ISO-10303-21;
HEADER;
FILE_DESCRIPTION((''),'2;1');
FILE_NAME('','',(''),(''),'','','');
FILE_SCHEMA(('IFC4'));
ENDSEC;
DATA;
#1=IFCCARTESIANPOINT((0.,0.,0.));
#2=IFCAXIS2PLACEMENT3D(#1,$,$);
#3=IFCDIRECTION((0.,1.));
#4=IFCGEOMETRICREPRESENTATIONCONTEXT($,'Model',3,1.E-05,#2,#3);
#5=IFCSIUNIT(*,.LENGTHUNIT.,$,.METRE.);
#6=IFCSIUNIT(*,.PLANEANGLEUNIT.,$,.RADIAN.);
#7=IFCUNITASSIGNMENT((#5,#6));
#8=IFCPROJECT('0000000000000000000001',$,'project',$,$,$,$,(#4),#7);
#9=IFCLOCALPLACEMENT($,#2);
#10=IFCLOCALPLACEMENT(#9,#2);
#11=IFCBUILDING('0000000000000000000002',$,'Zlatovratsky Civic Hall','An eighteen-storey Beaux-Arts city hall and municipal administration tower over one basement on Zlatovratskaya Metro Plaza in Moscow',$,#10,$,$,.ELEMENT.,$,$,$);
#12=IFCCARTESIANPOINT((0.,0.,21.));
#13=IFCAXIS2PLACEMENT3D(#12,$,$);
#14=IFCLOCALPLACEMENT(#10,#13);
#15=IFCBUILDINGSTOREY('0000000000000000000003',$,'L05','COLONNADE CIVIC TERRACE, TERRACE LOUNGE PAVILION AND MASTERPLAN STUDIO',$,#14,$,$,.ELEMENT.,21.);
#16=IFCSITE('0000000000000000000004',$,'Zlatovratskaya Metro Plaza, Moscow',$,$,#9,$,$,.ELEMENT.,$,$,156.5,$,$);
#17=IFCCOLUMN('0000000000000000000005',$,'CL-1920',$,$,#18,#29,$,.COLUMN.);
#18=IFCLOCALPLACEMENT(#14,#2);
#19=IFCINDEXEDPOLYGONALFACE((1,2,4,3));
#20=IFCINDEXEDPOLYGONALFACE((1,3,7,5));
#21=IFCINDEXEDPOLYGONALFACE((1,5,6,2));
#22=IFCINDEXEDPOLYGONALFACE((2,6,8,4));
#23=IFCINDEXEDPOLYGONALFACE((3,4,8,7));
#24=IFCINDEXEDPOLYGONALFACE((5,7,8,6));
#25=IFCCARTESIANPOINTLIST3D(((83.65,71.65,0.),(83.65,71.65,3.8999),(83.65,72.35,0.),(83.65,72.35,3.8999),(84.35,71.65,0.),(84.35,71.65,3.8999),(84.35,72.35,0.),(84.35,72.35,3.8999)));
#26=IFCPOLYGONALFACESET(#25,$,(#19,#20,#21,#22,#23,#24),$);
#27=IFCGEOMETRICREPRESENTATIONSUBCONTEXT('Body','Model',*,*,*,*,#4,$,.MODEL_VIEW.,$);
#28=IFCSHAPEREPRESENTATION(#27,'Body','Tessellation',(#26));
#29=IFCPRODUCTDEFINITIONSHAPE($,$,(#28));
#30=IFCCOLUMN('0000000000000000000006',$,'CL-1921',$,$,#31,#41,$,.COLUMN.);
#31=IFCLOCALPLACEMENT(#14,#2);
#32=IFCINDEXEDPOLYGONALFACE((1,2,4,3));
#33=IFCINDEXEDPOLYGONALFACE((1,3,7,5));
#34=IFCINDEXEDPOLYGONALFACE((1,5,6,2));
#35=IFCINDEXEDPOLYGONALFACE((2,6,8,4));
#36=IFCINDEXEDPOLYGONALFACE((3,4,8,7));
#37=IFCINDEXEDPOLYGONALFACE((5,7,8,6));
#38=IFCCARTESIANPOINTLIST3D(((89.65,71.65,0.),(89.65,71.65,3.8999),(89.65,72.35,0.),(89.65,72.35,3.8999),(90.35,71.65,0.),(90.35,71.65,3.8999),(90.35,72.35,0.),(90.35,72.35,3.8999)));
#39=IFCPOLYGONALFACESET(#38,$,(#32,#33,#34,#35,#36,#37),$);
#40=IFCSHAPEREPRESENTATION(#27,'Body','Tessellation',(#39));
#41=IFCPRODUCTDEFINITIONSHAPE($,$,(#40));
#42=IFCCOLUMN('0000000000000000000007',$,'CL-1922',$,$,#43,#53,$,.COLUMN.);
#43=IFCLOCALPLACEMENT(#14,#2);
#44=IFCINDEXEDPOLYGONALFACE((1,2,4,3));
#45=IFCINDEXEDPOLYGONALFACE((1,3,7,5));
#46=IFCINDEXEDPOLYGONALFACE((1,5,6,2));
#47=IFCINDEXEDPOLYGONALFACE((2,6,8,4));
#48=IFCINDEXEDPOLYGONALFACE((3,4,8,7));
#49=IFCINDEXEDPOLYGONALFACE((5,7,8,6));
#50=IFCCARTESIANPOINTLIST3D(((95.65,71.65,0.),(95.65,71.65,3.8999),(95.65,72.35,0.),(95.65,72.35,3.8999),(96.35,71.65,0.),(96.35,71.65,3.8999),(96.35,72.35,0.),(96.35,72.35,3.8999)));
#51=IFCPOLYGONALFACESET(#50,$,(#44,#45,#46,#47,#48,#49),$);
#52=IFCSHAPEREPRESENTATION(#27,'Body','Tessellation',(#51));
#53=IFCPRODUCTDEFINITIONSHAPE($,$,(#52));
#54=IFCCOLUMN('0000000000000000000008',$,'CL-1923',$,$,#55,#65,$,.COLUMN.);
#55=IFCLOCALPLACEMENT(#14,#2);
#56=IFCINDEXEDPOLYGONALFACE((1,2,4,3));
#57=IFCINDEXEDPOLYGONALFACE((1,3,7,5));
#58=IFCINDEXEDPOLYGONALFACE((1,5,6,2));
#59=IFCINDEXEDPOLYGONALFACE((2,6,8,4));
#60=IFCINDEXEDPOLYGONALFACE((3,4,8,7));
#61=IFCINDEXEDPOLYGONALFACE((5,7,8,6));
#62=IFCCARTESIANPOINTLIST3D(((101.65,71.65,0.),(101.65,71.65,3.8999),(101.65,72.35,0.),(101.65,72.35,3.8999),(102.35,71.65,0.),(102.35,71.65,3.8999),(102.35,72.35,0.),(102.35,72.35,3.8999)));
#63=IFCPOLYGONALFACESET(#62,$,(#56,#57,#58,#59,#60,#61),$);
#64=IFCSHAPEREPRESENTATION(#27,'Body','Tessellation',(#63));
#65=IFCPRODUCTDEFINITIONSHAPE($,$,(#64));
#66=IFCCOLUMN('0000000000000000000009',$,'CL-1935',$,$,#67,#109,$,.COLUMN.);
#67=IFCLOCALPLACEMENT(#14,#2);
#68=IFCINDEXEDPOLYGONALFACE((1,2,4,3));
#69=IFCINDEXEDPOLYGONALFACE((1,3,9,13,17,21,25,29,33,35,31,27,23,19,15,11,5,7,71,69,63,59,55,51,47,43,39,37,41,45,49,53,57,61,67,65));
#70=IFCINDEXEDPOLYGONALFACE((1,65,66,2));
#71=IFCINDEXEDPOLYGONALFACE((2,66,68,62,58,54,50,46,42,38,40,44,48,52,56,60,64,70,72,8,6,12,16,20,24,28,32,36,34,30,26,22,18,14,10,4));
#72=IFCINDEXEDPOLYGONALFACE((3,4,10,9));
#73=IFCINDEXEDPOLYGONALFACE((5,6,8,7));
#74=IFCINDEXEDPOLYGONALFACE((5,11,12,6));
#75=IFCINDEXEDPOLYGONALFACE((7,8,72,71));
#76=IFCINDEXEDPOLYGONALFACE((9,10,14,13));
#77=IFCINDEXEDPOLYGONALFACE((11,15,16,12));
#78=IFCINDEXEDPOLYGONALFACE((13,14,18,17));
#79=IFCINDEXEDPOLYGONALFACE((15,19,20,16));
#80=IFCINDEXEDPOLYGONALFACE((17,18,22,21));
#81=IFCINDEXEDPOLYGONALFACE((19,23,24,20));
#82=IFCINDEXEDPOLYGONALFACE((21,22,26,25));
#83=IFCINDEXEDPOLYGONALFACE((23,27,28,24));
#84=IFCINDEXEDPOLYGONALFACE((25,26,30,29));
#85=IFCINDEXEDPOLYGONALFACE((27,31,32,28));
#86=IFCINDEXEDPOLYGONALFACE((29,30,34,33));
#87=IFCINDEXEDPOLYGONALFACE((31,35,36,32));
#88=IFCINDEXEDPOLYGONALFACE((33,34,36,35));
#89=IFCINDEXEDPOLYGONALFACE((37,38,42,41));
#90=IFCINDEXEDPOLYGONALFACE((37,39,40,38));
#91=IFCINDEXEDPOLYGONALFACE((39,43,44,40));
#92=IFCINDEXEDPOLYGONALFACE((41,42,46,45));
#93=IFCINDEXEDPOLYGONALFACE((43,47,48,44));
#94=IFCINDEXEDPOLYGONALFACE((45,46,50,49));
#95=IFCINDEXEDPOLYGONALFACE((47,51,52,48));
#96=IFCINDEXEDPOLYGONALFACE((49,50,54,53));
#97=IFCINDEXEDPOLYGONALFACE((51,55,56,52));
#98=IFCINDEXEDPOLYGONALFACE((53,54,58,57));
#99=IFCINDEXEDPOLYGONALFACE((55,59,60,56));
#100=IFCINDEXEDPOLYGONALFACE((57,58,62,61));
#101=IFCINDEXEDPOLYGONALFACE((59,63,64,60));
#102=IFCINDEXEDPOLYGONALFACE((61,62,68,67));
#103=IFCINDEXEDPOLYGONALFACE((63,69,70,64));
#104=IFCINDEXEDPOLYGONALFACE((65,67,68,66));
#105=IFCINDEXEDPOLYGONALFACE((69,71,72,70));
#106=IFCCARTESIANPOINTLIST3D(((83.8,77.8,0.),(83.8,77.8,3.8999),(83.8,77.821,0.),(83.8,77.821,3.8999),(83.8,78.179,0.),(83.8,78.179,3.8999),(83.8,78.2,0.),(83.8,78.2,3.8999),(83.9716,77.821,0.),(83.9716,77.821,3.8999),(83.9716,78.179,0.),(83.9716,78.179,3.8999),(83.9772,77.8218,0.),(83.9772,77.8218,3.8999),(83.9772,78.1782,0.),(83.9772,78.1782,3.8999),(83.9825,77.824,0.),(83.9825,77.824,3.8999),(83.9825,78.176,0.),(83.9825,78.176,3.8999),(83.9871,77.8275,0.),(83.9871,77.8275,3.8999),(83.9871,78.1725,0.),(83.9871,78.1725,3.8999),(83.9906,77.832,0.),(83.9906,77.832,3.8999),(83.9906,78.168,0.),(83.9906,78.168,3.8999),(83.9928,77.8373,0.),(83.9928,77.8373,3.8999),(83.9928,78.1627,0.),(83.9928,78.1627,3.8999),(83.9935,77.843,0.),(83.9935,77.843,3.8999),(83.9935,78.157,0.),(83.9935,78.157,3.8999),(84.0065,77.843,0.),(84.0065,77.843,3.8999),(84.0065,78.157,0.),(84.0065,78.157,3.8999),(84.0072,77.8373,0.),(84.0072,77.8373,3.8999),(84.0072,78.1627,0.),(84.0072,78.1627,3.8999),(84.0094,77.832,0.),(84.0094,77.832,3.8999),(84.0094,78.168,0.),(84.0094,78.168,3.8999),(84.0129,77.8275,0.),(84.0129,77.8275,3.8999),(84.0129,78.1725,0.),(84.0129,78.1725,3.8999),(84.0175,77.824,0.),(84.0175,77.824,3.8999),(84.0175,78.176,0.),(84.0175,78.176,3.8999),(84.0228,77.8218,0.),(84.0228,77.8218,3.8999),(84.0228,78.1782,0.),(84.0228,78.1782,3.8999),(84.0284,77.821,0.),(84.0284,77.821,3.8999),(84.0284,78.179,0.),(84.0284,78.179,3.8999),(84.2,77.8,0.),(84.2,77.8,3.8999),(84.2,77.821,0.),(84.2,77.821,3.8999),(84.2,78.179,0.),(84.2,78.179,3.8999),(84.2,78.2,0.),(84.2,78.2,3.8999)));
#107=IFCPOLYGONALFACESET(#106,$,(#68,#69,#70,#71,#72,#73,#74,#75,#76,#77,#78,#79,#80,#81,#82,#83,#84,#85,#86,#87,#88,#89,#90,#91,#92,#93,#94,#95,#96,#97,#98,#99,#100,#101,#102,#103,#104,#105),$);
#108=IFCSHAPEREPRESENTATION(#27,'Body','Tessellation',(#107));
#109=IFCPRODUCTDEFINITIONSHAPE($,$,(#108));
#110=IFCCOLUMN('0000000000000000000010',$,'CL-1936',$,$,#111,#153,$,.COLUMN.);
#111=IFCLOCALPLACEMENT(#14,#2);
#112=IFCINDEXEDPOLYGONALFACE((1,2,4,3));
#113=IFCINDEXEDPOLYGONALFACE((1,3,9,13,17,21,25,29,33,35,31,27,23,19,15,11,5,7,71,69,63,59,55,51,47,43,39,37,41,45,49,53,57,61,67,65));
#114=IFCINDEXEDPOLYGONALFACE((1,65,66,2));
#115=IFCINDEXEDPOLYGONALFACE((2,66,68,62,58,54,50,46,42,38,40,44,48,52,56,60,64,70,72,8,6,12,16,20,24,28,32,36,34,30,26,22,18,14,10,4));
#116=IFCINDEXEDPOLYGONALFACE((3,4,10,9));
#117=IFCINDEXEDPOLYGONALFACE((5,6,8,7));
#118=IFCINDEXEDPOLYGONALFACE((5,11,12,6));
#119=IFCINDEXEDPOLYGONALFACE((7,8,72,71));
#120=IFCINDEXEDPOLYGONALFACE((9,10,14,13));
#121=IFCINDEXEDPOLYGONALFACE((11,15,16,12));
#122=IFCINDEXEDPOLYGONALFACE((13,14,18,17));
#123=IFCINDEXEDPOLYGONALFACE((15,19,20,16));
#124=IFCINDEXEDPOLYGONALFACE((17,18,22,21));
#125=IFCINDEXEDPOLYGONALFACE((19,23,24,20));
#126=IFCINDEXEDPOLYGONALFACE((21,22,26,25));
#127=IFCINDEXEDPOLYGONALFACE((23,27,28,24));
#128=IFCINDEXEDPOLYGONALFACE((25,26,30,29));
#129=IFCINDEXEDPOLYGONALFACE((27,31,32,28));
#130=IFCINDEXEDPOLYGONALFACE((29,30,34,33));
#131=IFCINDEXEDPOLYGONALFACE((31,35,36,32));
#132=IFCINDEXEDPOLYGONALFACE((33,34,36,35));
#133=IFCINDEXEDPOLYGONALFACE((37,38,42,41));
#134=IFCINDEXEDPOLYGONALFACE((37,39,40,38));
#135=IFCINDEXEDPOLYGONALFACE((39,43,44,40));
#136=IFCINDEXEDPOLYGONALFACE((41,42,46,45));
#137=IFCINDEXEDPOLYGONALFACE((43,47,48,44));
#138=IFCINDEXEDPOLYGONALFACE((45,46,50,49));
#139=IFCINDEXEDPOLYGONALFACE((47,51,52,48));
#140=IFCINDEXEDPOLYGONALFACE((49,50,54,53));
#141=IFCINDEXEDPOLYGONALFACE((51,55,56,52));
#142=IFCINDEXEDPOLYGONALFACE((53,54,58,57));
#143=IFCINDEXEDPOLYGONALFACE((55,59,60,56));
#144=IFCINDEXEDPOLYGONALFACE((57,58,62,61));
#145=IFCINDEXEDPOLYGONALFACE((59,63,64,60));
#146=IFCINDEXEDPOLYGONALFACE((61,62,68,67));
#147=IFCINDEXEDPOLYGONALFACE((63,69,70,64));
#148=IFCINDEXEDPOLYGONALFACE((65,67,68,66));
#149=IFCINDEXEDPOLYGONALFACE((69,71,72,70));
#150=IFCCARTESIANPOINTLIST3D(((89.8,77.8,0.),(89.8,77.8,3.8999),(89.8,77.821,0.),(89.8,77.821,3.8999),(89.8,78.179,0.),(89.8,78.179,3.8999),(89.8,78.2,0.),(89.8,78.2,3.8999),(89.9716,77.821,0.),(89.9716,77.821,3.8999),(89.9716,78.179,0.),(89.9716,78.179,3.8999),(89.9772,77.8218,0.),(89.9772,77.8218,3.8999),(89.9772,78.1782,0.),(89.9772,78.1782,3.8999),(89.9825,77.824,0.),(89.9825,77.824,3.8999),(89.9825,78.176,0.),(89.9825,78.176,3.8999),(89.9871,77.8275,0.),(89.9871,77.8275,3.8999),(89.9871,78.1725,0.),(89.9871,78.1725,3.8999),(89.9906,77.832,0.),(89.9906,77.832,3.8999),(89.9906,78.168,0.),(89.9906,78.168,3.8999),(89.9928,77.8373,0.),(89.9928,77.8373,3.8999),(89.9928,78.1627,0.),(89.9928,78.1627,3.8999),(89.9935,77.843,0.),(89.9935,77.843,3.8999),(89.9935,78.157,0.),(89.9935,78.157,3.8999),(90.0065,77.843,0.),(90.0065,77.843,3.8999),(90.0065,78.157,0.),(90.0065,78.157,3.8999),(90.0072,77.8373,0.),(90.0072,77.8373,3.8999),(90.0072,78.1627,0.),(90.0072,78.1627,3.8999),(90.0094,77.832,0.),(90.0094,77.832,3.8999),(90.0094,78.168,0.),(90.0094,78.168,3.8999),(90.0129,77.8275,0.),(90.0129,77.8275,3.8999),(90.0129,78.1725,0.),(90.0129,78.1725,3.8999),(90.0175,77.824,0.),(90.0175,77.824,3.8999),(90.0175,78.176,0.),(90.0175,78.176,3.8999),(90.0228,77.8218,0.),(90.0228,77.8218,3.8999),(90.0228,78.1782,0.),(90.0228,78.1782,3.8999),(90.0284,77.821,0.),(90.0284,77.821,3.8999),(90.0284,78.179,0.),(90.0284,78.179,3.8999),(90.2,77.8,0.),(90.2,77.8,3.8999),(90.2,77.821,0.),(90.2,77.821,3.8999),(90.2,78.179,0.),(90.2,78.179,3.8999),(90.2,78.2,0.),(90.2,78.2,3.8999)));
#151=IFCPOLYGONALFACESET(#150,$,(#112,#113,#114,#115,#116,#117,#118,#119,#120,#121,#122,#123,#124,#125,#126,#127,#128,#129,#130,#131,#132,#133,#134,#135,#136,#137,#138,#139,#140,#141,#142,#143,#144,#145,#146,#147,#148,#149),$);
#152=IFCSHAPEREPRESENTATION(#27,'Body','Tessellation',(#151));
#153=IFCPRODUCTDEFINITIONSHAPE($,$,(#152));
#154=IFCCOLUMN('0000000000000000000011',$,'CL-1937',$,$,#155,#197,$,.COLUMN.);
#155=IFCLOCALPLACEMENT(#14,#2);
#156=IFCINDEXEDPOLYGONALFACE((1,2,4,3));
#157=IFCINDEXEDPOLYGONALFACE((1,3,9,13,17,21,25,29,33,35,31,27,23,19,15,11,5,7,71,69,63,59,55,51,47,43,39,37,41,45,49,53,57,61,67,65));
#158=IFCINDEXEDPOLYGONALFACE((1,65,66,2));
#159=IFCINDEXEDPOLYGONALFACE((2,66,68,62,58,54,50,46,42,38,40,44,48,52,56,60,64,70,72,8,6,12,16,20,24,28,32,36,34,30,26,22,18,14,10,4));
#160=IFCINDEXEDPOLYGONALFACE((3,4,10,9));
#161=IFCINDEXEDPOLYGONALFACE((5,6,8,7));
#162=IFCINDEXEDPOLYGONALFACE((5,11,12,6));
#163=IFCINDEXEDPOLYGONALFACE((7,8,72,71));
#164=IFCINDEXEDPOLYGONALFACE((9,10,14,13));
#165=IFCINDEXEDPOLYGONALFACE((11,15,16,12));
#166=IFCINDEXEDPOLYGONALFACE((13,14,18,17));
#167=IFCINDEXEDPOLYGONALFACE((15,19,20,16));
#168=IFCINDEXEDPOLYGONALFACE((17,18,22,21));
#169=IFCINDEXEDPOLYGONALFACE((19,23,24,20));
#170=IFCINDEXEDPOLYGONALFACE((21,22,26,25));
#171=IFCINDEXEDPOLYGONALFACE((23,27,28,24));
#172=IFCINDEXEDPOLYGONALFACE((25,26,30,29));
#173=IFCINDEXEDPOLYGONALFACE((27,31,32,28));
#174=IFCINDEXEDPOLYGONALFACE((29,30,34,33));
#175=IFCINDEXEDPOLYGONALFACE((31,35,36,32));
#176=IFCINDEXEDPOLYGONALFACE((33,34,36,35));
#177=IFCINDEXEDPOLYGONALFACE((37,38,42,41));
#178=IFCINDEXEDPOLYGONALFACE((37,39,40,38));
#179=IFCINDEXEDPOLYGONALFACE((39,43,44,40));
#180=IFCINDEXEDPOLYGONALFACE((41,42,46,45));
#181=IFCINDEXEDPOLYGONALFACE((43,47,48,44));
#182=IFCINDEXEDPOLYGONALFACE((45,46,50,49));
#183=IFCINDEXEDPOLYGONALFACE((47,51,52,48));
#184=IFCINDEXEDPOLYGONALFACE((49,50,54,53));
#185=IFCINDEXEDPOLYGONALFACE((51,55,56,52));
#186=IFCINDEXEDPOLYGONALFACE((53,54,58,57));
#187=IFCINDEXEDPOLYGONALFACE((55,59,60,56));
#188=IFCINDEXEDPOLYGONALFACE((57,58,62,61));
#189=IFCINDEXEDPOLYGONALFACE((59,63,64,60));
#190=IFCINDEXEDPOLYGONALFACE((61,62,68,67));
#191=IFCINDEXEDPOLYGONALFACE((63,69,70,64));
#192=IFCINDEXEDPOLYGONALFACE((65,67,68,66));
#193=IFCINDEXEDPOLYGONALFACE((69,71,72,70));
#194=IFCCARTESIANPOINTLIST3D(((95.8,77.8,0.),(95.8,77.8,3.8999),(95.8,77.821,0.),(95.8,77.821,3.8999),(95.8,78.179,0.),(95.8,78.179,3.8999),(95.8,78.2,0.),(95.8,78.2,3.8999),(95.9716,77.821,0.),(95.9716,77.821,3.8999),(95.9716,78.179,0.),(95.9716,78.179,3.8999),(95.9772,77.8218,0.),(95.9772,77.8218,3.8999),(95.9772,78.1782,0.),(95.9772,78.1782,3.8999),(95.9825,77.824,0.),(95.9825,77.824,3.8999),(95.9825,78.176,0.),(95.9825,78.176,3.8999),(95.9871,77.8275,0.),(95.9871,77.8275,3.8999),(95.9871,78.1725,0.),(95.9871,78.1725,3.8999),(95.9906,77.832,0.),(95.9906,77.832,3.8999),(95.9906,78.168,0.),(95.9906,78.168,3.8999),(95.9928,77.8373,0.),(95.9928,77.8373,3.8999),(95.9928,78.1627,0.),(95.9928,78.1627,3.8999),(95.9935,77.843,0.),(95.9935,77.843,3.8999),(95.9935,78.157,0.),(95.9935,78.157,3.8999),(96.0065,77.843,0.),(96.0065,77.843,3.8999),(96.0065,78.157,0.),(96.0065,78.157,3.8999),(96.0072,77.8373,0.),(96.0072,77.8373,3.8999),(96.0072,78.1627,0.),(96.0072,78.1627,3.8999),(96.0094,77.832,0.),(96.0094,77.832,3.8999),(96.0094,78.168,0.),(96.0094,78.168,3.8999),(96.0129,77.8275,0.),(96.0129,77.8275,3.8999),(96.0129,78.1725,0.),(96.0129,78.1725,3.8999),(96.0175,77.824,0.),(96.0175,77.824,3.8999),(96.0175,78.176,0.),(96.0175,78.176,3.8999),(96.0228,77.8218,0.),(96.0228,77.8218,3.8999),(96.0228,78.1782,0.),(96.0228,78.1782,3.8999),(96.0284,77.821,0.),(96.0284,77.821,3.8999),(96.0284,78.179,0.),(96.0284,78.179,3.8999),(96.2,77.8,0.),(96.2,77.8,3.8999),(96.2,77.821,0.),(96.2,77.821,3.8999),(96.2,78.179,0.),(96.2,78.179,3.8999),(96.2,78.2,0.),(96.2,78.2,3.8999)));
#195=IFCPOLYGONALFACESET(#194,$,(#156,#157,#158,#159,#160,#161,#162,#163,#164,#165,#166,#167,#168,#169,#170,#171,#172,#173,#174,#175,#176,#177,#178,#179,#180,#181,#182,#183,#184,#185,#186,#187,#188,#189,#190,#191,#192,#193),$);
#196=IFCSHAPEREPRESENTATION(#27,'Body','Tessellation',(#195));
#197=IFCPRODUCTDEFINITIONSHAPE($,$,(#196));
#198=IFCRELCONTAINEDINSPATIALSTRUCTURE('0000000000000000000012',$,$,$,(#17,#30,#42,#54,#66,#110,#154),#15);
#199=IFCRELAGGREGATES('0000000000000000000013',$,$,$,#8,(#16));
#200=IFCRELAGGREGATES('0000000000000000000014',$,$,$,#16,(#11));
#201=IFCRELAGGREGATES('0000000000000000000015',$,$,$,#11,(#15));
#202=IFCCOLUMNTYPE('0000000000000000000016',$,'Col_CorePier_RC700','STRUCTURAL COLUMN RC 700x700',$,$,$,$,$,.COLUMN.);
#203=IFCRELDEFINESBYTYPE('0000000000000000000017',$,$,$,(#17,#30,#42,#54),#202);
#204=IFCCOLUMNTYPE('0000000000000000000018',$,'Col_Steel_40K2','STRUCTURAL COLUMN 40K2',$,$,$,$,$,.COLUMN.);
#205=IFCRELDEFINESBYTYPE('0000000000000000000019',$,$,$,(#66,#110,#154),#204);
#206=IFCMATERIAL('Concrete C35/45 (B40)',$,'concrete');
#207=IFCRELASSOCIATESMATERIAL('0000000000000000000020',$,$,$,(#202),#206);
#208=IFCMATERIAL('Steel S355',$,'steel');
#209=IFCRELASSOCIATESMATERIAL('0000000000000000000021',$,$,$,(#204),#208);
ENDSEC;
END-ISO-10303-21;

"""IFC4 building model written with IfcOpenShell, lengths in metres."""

from ifc_helpers import new_model, si_unit, direction, frame, origin, origin_2d, place, context, subcontext, project, spatial, rectangle, i_section, extrude, material, material_profile, profile_set, type_object, element, save


model = new_model("IFC4")

# Units and contexts
model_context = context("Model", 3, precision=1e-05, world=origin(), true_north=direction((0.0, 1.0)))
body_context = subcontext(model_context, "Body", "Model", "MODEL_VIEW")
ifc_project = project(units=[si_unit("LENGTHUNIT", "METRE"), si_unit("PLANEANGLEUNIT", "RADIAN")], contexts=[model_context])

# Site, building, storey
site_placement = place(None, origin())
site = spatial("IfcSite", under=ifc_project, at=site_placement, Name="Zlatovratskaya Metro Plaza, Moscow", CompositionType="ELEMENT", RefElevation=156.5)
building_placement = place(site_placement, origin())
building = spatial("IfcBuilding", under=site, at=building_placement, Name="Zlatovratsky Civic Hall", Description="An eighteen-storey Beaux-Arts city hall and municipal administration tower over one basement on Zlatovratskaya Metro Plaza in Moscow", CompositionType="ELEMENT")
storey_placement = place(building_placement, frame((0.0, 0.0, 21.0)))
storey = spatial("IfcBuildingStorey", under=building, at=storey_placement, Name="L05", Description="COLONNADE CIVIC TERRACE, TERRACE LOUNGE PAVILION AND MASTERPLAN STUDIO", CompositionType="ELEMENT", Elevation=21.0)

# Columns
ifc_material_1 = material(Name="Concrete C35/45 (B40)", Category="concrete")
ifc_material_profile_1 = material_profile(ifc_material_1, rectangle(XDim=0.7, YDim=0.7, at=origin_2d()), Name="RC 700x700")
ifc_profile_set_1 = profile_set([ifc_material_profile_1], Name="Concrete C35/45 (B40)")
column_type_1 = type_object("IfcColumnType", Name="Col_CorePier_RC700", Description="STRUCTURAL COLUMN RC 700x700", PredefinedType="COLUMN", material=ifc_profile_set_1)
for number, where, z_axis, x_axis, name in (
    (1, (84.0, 72.0, 0.0), (0.0, 0.0, 1.0), (1.0, 0.0, 0.0), "CL-1920"),
    (2, (90.0, 72.0, 0.0), (0.0, 0.0, 1.0), (1.0, 0.0, 0.0), "CL-1921"),
    (3, (96.0, 72.0, 0.0), (0.0, 0.0, 1.0), (1.0, 0.0, 0.0), "CL-1922"),
    (4, (102.0, 72.0, 0.0), (0.0, 0.0, 1.0), (1.0, 0.0, 0.0), "CL-1923"),
):
    element("IfcColumn", number, at=place(storey_placement, frame(where, z_axis=z_axis, x_axis=x_axis)), inside=storey, type_object=column_type_1, Name=name, PredefinedType="COLUMN", context=body_context, shape_type="SweptSolid", body=[
        extrude(rectangle(XDim=0.7, YDim=0.7, at=origin_2d()), origin(), (0.0, 0.0, 1.0), 3.8999),
    ])
ifc_material_2 = material(Name="Steel S355", Category="steel")
ifc_material_profile_2 = material_profile(ifc_material_2, i_section(OverallWidth=0.3999, OverallDepth=0.3999, WebThickness=0.0129, FlangeThickness=0.021, FilletRadius=0.022, at=origin_2d()), Name="40K2")
ifc_profile_set_2 = profile_set([ifc_material_profile_2], Name="Steel S355")
column_type_2 = type_object("IfcColumnType", Name="Col_Steel_40K2", Description="STRUCTURAL COLUMN 40K2", PredefinedType="COLUMN", material=ifc_profile_set_2)
for number, where, z_axis, x_axis, name in (
    (5, (84.0, 78.0, 0.0), (0.0, 0.0, 1.0), (1.0, 0.0, 0.0), "CL-1935"),
    (6, (90.0, 78.0, 0.0), (0.0, 0.0, 1.0), (1.0, 0.0, 0.0), "CL-1936"),
    (7, (96.0, 78.0, 0.0), (0.0, 0.0, 1.0), (1.0, 0.0, 0.0), "CL-1937"),
):
    element("IfcColumn", number, at=place(storey_placement, frame(where, z_axis=z_axis, x_axis=x_axis)), inside=storey, type_object=column_type_2, Name=name, PredefinedType="COLUMN", context=body_context, shape_type="SweptSolid", body=[
        extrude(i_section(OverallWidth=0.3999, OverallDepth=0.3999, WebThickness=0.0129, FlangeThickness=0.021, FilletRadius=0.022, at=origin_2d()), origin(), (0.0, 0.0, 1.0), 3.8999),
    ])

save(model, "model.ifc")
